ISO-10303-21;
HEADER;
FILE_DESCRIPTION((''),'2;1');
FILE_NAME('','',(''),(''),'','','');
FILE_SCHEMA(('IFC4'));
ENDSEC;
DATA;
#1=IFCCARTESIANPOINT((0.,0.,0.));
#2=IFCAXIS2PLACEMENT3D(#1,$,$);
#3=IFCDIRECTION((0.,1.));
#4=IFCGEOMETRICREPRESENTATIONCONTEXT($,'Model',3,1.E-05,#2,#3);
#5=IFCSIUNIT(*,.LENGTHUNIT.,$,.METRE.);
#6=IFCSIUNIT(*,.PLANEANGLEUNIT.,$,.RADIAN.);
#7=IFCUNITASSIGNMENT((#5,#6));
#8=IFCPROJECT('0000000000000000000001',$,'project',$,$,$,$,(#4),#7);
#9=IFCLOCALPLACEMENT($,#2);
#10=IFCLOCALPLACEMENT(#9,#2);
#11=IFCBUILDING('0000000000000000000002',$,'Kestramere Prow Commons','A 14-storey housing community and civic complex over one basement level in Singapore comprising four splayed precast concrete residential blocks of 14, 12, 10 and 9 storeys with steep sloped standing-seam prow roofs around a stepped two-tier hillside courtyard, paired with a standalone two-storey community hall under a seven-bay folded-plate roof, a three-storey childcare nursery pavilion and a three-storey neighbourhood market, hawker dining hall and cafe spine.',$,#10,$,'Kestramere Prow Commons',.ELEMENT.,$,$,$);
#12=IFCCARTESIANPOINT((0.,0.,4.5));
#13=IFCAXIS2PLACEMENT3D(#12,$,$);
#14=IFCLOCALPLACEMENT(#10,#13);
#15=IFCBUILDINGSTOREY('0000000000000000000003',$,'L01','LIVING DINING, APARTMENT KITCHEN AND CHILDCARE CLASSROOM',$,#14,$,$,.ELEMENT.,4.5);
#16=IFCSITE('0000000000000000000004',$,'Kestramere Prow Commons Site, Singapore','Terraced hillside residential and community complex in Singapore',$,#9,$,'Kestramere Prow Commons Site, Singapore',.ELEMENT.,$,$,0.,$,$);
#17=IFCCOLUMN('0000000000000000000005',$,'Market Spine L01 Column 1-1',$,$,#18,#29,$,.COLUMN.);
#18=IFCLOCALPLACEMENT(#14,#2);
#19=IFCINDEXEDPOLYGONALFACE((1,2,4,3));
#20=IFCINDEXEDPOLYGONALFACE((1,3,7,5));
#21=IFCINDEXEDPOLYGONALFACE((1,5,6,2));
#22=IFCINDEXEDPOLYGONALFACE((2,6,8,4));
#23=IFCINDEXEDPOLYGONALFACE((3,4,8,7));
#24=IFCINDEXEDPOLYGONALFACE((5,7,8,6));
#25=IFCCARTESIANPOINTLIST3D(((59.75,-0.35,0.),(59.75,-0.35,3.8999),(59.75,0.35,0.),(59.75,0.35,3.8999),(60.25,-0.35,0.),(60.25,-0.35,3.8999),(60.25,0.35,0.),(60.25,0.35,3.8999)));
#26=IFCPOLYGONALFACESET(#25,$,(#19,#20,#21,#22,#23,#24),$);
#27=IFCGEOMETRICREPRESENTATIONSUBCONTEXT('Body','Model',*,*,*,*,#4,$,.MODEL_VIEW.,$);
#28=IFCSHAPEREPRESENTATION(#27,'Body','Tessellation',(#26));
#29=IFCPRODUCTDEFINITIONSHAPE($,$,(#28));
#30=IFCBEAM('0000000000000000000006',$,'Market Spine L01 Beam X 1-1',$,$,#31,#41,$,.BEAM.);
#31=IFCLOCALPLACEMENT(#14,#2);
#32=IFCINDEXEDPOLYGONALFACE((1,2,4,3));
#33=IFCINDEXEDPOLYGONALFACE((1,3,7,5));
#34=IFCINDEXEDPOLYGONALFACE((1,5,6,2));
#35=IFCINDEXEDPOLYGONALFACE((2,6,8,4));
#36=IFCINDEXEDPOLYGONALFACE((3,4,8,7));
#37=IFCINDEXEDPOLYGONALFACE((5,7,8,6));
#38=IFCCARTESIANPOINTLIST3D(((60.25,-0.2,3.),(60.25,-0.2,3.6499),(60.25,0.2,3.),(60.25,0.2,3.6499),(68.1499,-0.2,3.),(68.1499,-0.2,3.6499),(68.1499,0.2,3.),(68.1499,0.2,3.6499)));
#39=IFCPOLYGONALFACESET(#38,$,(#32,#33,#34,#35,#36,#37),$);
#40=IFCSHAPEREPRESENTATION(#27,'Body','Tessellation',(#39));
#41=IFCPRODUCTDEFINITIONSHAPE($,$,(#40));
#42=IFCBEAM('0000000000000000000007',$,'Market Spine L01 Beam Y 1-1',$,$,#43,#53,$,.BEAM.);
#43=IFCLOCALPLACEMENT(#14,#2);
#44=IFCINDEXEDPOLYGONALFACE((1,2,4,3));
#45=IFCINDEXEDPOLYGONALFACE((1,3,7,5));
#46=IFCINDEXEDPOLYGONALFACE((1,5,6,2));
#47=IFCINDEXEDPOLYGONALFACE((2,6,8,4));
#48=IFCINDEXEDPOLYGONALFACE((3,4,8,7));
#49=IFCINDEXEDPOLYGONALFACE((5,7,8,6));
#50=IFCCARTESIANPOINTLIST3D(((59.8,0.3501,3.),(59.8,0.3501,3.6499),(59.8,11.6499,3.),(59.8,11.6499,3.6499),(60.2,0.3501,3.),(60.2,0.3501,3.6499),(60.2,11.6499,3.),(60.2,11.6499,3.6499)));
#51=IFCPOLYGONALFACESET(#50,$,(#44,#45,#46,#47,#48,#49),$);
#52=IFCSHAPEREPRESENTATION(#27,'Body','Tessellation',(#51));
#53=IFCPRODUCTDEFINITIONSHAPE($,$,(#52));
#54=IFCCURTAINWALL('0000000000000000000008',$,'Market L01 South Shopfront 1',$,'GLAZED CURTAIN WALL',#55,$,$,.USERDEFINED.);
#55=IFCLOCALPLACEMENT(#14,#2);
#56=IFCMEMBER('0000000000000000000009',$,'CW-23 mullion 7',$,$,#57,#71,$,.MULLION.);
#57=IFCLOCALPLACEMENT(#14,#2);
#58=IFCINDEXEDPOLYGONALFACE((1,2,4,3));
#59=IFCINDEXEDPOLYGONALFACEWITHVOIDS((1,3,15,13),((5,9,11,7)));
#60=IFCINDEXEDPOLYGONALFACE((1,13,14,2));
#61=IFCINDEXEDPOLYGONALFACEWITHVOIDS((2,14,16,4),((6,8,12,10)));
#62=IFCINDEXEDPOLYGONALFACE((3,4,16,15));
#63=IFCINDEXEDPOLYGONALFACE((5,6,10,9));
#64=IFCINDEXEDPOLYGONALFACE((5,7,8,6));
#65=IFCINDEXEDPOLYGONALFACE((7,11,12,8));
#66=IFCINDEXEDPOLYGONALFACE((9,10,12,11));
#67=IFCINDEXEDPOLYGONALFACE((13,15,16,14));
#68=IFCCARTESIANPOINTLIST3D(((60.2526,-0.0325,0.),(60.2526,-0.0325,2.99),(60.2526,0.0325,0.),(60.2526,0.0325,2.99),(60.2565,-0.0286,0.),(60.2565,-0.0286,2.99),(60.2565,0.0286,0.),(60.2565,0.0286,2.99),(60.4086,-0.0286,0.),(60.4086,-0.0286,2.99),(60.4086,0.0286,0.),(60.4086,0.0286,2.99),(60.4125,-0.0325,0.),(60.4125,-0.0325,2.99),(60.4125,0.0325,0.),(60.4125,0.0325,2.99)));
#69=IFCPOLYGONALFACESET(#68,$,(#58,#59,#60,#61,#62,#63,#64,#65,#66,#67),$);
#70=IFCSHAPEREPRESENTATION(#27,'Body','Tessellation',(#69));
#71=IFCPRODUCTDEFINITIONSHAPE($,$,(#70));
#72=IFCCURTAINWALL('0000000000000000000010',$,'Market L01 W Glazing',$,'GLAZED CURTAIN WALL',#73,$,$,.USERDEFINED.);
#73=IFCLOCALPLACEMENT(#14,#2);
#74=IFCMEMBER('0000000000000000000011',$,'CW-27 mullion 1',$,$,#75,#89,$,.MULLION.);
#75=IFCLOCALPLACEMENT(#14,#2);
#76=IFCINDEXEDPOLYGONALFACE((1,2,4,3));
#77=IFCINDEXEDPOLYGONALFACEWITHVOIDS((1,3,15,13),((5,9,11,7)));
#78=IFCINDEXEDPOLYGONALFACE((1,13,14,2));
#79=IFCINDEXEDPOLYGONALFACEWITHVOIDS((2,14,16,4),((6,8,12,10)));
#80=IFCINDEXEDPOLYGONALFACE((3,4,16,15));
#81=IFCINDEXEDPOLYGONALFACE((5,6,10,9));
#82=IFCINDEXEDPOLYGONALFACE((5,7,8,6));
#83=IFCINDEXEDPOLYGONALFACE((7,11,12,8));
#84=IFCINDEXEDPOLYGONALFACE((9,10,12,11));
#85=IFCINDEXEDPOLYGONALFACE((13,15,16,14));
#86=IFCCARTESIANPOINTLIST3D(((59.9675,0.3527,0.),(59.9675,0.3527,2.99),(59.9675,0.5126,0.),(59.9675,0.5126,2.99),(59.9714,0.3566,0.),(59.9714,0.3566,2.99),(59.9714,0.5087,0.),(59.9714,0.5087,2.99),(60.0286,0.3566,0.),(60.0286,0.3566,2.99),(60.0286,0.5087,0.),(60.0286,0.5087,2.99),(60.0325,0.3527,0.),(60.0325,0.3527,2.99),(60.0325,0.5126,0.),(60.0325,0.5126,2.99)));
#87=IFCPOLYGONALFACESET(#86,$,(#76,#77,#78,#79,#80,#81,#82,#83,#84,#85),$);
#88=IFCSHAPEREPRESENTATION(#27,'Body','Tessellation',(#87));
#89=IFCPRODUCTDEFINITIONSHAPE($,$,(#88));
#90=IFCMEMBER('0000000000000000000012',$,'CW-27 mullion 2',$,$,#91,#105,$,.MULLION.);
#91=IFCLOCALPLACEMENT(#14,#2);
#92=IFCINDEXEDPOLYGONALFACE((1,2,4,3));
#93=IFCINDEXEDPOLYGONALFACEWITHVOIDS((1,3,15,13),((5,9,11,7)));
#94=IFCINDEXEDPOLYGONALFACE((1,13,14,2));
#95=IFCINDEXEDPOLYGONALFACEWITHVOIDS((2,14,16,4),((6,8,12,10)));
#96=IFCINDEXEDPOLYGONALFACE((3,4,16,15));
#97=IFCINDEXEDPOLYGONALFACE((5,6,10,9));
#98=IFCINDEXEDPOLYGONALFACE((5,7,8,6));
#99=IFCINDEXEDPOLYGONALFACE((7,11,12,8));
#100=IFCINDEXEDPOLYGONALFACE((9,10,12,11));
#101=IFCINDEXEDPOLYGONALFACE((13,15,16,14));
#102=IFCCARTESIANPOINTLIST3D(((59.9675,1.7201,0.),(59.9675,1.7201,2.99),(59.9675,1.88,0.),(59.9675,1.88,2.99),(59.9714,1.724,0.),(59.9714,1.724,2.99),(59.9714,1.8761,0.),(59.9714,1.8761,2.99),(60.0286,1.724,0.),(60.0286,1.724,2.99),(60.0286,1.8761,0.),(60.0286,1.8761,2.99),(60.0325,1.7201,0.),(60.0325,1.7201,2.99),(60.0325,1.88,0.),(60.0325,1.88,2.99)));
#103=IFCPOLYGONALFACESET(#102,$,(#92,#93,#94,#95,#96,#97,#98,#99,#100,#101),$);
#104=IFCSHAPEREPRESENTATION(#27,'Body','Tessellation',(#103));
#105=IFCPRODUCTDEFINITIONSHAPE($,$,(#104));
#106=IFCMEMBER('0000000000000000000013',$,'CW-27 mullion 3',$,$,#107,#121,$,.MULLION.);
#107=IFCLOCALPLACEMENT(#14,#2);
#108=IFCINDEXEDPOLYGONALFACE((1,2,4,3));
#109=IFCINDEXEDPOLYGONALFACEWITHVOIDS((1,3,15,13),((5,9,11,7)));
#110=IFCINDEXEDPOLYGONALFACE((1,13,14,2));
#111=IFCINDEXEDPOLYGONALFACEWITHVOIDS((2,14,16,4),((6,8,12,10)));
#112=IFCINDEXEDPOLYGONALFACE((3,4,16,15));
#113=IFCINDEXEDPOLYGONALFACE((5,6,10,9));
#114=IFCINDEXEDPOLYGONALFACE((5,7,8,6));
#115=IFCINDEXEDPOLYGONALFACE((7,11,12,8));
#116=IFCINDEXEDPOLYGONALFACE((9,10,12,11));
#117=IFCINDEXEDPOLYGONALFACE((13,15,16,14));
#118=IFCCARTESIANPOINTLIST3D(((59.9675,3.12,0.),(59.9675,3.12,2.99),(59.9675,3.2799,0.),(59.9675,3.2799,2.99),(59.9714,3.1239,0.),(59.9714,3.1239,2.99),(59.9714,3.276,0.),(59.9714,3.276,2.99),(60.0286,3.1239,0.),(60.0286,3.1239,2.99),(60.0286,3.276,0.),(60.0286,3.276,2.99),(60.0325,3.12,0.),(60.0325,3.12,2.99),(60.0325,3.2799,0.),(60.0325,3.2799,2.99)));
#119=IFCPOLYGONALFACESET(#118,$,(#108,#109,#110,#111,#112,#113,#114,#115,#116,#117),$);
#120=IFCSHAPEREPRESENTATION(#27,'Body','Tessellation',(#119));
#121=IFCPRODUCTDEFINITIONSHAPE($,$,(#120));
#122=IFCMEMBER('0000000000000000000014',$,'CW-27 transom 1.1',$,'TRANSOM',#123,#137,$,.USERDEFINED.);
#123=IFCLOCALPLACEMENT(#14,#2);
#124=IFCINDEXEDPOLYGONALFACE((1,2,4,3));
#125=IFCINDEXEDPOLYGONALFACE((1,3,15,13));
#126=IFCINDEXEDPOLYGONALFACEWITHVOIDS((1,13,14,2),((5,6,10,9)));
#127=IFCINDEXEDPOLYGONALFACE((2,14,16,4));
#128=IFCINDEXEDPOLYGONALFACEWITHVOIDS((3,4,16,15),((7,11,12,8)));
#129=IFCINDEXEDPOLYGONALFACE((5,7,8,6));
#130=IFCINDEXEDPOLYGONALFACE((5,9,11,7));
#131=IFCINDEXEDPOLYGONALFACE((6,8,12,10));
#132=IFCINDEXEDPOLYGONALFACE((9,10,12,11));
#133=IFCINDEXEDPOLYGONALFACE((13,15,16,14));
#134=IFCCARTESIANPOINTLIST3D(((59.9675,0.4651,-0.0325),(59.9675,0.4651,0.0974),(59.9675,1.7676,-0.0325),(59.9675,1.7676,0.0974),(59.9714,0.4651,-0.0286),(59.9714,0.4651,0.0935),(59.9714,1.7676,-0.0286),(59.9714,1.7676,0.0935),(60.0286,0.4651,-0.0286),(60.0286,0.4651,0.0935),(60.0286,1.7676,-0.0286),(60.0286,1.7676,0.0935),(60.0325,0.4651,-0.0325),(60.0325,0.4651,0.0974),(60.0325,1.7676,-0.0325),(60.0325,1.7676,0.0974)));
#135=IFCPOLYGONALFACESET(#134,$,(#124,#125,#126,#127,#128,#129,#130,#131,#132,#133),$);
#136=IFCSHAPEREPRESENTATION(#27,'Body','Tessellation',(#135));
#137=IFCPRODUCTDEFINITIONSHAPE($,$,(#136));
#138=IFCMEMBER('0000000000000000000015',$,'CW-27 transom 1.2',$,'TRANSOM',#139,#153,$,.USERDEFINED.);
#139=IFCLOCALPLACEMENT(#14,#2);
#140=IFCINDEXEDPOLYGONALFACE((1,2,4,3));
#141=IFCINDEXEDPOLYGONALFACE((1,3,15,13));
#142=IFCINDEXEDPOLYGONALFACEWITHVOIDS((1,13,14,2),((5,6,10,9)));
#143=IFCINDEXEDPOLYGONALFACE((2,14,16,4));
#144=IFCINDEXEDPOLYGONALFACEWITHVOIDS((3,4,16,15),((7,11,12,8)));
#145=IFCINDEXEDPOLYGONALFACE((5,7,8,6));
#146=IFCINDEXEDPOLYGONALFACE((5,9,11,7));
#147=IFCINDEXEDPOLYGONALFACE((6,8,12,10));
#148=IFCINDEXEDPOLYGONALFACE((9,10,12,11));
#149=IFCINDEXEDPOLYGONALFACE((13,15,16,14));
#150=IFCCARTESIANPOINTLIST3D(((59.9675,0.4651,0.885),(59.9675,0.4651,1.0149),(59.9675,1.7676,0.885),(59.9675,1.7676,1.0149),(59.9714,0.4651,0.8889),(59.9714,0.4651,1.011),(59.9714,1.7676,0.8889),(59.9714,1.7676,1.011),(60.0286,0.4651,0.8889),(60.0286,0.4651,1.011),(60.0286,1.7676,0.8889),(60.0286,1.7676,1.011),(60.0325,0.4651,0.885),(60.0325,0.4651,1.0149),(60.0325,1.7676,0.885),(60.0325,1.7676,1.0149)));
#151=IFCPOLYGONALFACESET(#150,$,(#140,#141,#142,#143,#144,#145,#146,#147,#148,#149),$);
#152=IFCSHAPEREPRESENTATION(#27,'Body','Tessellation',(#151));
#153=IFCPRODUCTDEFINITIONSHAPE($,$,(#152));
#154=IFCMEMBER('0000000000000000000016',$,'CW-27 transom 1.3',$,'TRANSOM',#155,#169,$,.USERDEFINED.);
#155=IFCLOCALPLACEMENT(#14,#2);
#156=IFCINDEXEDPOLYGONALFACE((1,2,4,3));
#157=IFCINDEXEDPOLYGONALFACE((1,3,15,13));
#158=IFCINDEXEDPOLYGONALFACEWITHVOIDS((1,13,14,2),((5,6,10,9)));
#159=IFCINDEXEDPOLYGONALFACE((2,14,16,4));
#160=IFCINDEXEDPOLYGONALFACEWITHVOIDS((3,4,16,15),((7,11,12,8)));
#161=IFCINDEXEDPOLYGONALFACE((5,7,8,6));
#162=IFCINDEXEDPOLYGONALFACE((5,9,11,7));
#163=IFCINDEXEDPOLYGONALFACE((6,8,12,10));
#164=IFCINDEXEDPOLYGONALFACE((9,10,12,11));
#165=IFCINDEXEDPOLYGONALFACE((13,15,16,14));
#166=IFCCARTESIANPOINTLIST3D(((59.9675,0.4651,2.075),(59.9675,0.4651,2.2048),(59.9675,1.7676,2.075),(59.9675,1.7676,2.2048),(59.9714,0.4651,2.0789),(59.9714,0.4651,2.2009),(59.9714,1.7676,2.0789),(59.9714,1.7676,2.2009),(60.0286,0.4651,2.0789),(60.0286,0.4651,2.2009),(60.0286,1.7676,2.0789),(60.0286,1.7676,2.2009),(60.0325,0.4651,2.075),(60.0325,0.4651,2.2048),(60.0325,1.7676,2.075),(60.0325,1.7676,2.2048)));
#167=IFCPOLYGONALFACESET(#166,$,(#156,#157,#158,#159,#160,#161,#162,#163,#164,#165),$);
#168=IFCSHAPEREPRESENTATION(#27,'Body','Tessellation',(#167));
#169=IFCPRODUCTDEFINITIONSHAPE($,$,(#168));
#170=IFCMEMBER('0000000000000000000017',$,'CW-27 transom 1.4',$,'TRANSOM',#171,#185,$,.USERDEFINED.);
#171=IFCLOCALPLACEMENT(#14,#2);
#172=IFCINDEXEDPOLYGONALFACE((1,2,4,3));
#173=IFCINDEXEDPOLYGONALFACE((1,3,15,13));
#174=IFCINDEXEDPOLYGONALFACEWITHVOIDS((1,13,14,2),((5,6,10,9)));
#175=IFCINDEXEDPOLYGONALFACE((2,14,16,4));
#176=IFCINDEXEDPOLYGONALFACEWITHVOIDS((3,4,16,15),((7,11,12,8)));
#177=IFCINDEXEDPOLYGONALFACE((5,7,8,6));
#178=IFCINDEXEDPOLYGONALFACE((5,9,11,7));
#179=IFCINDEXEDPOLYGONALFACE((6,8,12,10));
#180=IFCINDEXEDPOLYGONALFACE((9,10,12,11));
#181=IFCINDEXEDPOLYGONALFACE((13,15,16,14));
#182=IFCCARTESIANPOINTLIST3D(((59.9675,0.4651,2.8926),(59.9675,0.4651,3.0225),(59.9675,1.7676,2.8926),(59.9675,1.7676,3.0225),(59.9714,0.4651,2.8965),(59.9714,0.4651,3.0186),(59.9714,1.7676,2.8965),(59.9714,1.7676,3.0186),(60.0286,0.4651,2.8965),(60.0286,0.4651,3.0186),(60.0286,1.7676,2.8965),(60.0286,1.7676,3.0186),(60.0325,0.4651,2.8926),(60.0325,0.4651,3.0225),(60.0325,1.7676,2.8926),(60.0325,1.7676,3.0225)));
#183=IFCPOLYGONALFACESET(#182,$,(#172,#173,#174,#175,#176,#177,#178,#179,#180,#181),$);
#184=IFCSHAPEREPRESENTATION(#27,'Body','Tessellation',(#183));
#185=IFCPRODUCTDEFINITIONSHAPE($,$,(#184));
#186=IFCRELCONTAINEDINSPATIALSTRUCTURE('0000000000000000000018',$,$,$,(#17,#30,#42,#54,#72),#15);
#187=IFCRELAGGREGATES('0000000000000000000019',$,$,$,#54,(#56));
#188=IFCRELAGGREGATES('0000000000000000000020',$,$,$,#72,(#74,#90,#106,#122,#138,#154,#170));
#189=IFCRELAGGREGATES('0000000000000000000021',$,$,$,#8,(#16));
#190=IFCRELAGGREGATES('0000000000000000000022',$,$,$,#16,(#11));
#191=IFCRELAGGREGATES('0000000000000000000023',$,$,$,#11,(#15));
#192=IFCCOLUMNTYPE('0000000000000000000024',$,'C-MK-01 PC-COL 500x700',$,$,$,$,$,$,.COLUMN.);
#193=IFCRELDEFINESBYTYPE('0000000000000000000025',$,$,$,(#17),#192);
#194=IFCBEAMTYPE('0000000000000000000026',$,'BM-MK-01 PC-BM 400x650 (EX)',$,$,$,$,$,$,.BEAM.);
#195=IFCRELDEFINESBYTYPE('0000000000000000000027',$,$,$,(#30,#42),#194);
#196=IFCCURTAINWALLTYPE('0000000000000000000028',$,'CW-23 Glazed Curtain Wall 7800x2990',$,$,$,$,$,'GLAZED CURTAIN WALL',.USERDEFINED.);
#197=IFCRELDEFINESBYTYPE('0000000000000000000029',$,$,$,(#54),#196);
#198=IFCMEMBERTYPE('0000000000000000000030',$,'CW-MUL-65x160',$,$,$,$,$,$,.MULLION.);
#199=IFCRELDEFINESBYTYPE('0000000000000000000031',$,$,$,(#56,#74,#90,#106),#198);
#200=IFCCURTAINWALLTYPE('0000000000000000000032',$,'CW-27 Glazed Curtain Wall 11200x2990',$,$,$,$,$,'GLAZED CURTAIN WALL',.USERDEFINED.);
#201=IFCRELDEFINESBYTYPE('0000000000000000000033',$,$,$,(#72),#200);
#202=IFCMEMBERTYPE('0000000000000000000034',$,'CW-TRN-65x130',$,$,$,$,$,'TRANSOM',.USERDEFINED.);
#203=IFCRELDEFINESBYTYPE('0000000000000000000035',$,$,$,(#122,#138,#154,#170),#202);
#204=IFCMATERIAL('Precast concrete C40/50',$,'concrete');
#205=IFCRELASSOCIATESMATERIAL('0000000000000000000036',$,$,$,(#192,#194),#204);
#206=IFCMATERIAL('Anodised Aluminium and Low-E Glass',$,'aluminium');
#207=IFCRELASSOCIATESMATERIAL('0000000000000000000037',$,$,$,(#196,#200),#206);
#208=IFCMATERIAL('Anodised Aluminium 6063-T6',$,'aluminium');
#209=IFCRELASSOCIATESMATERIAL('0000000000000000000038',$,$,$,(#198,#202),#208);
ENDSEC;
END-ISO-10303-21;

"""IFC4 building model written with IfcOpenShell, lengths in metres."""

from ifc_helpers import new_model, si_unit, direction, frame, origin, origin_2d, place, context, subcontext, project, spatial, rectangle, hollow_rectangle, extrude, material, material_profile, profile_set, type_object, element, aggregate, save


model = new_model("IFC4")

# Units and contexts
model_context = context("Model", 3, precision=1e-05, world=origin(), true_north=direction((0.0, 1.0)))
body_context = subcontext(model_context, "Body", "Model", "MODEL_VIEW")
ifc_project = project(units=[si_unit("LENGTHUNIT", "METRE"), si_unit("PLANEANGLEUNIT", "RADIAN")], contexts=[model_context])

# Site, building, storey
site_placement = place(None, origin())
site = spatial("IfcSite", under=ifc_project, at=site_placement, Name="Kestramere Prow Commons Site, Singapore", Description="Terraced hillside residential and community complex in Singapore", LongName="Kestramere Prow Commons Site, Singapore", CompositionType="ELEMENT", RefElevation=0.0)
building_placement = place(site_placement, origin())
building = spatial("IfcBuilding", under=site, at=building_placement, Name="Kestramere Prow Commons", Description="A 14-storey housing community and civic complex over one basement level in Singapore comprising four splayed precast concrete residential blocks of 14, 12, 10 and 9 storeys with steep sloped standing-seam prow roofs around a stepped two-tier hillside courtyard, paired with a standalone two-storey community hall under a seven-bay folded-plate roof, a three-storey childcare nursery pavilion and a three-storey neighbourhood market, hawker dining hall and cafe spine.", LongName="Kestramere Prow Commons", CompositionType="ELEMENT")
storey_placement = place(building_placement, frame((0.0, 0.0, 4.5)))
storey = spatial("IfcBuildingStorey", under=building, at=storey_placement, Name="L01", Description="LIVING DINING, APARTMENT KITCHEN AND CHILDCARE CLASSROOM", CompositionType="ELEMENT", Elevation=4.5)

# Column
ifc_material_1 = material(Name="Precast concrete C40/50", Category="concrete")
ifc_material_profile_1 = material_profile(ifc_material_1, rectangle(XDim=0.5, YDim=0.7, at=origin_2d()), Name="PC-COL 500x700")
ifc_profile_set_1 = profile_set([ifc_material_profile_1], Name="Precast concrete C40/50")
column_type = type_object("IfcColumnType", Name="C-MK-01 PC-COL 500x700", PredefinedType="COLUMN", material=ifc_profile_set_1)
column_placement = place(storey_placement, frame((60.0, 0.0, 0.0), z_axis=(0.0, 0.0, 1.0), x_axis=(1.0, 0.0, 0.0)))
element("IfcColumn", 1, at=column_placement, inside=storey, type_object=column_type, Name="Market Spine L01 Column 1-1", PredefinedType="COLUMN", context=body_context, shape_type="SweptSolid", body=[
    extrude(rectangle(XDim=0.5, YDim=0.7, at=origin_2d()), origin(), (0.0, 0.0, 1.0), 3.8999),
])

# Beams
ifc_material_profile_2 = material_profile(ifc_material_1, rectangle(XDim=0.3999, YDim=0.6499, at=origin_2d()), Name="PC-BM 400x650")
ifc_profile_set_2 = profile_set([ifc_material_profile_2], Name="Precast concrete C40/50")
beam_type = type_object("IfcBeamType", Name="BM-MK-01 PC-BM 400x650 (EX)", PredefinedType="BEAM", material=ifc_profile_set_2)
beam_1_placement = place(storey_placement, frame((60.25, 0.0, 3.325), z_axis=(1.0, 0.0, 0.0), x_axis=(0.0, 1.0, 0.0)))
element("IfcBeam", 2, at=beam_1_placement, inside=storey, type_object=beam_type, Name="Market Spine L01 Beam X 1-1", PredefinedType="BEAM", context=body_context, shape_type="SweptSolid", body=[
    extrude(rectangle(XDim=0.3999, YDim=0.6499, at=origin_2d()), origin(), (0.0, 0.0, 1.0), 7.8999),
])
beam_2_placement = place(storey_placement, frame((60.0, 0.3501, 3.325), z_axis=(0.0, 1.0, 0.0), x_axis=(-1.0, 0.0, 0.0)))
element("IfcBeam", 3, at=beam_2_placement, inside=storey, type_object=beam_type, Name="Market Spine L01 Beam Y 1-1", PredefinedType="BEAM", context=body_context, shape_type="SweptSolid", body=[
    extrude(rectangle(XDim=0.3999, YDim=0.6499, at=origin_2d()), origin(), (0.0, 0.0, 1.0), 11.2998),
])

# Curtain wall, member
ifc_material_2 = material(Name="Anodised Aluminium and Low-E Glass", Category="aluminium")
curtain_wall_type_1 = type_object("IfcCurtainWallType", Name="CW-23 Glazed Curtain Wall 7800x2990", ElementType="GLAZED CURTAIN WALL", PredefinedType="USERDEFINED", material=ifc_material_2)
curtain_wall_1_placement = place(storey_placement, origin())
curtain_wall_1 = element("IfcCurtainWall", 4, at=curtain_wall_1_placement, inside=storey, type_object=curtain_wall_type_1, Name="Market L01 South Shopfront 1", ObjectType="GLAZED CURTAIN WALL", PredefinedType="USERDEFINED")
ifc_material_3 = material(Name="Anodised Aluminium 6063-T6", Category="aluminium")
ifc_material_profile_3 = material_profile(ifc_material_3, hollow_rectangle(XDim=0.0649, YDim=0.1599, WallThickness=0.0039, at=origin_2d()), Name="ALU-MUL 65x160")
ifc_profile_set_3 = profile_set([ifc_material_profile_3], Name="Anodised Aluminium 6063-T6")
member_type_1 = type_object("IfcMemberType", Name="CW-MUL-65x160", PredefinedType="MULLION", material=ifc_profile_set_3)
member_1_placement = place(storey_placement, frame((60.3325, 0.0, 0.0), z_axis=(0.0, 0.0, 1.0), x_axis=(0.0, -1.0, 0.0)))
member_1 = element("IfcMember", 5, at=member_1_placement, type_object=member_type_1, Name="CW-23 mullion 7", PredefinedType="MULLION", context=body_context, shape_type="SweptSolid", body=[
    extrude(hollow_rectangle(XDim=0.0649, YDim=0.1599, WallThickness=0.0039, at=origin_2d()), origin(), (0.0, 0.0, 1.0), 2.99),
])
aggregate(curtain_wall_1, [member_1])

# Curtain wall, members
curtain_wall_type_2 = type_object("IfcCurtainWallType", Name="CW-27 Glazed Curtain Wall 11200x2990", ElementType="GLAZED CURTAIN WALL", PredefinedType="USERDEFINED", material=ifc_material_2)
curtain_wall_2_placement = place(storey_placement, origin())
curtain_wall_2 = element("IfcCurtainWall", 6, at=curtain_wall_2_placement, inside=storey, type_object=curtain_wall_type_2, Name="Market L01 W Glazing", ObjectType="GLAZED CURTAIN WALL", PredefinedType="USERDEFINED")
member_2_placement = place(storey_placement, frame((60.0, 0.4326, 0.0), z_axis=(0.0, 0.0, 1.0), x_axis=(-1.0, 0.0, 0.0)))
member_2 = element("IfcMember", 7, at=member_2_placement, type_object=member_type_1, Name="CW-27 mullion 1", PredefinedType="MULLION", context=body_context, shape_type="SweptSolid", body=[
    extrude(hollow_rectangle(XDim=0.0649, YDim=0.1599, WallThickness=0.0039, at=origin_2d()), origin(), (0.0, 0.0, 1.0), 2.99),
])
member_3_placement = place(storey_placement, frame((60.0, 1.8, 0.0), z_axis=(0.0, 0.0, 1.0), x_axis=(-1.0, 0.0, 0.0)))
member_3 = element("IfcMember", 8, at=member_3_placement, type_object=member_type_1, Name="CW-27 mullion 2", PredefinedType="MULLION", context=body_context, shape_type="SweptSolid", body=[
    extrude(hollow_rectangle(XDim=0.0649, YDim=0.1599, WallThickness=0.0039, at=origin_2d()), origin(), (0.0, 0.0, 1.0), 2.99),
])
member_4_placement = place(storey_placement, frame((60.0, 3.2, 0.0), z_axis=(0.0, 0.0, 1.0), x_axis=(-1.0, 0.0, 0.0)))
member_4 = element("IfcMember", 9, at=member_4_placement, type_object=member_type_1, Name="CW-27 mullion 3", PredefinedType="MULLION", context=body_context, shape_type="SweptSolid", body=[
    extrude(hollow_rectangle(XDim=0.0649, YDim=0.1599, WallThickness=0.0039, at=origin_2d()), origin(), (0.0, 0.0, 1.0), 2.99),
])
ifc_material_profile_4 = material_profile(ifc_material_3, hollow_rectangle(XDim=0.0649, YDim=0.1299, WallThickness=0.0039, at=origin_2d()), Name="ALU-TRN 65x130")
ifc_profile_set_4 = profile_set([ifc_material_profile_4], Name="Anodised Aluminium 6063-T6")
member_type_2 = type_object("IfcMemberType", Name="CW-TRN-65x130", ElementType="TRANSOM", PredefinedType="USERDEFINED", material=ifc_profile_set_4)
member_5_placement = place(storey_placement, frame((60.0, 0.4651, 0.0325), z_axis=(0.0, 1.0, 0.0), x_axis=(-1.0, 0.0, 0.0)))
member_5 = element("IfcMember", 10, at=member_5_placement, type_object=member_type_2, Name="CW-27 transom 1.1", ObjectType="TRANSOM", PredefinedType="USERDEFINED", context=body_context, shape_type="SweptSolid", body=[
    extrude(hollow_rectangle(XDim=0.0649, YDim=0.1299, WallThickness=0.0039, at=origin_2d()), origin(), (0.0, 0.0, 1.0), 1.3025),
])
member_6_placement = place(storey_placement, frame((60.0, 0.4651, 0.95), z_axis=(0.0, 1.0, 0.0), x_axis=(-1.0, 0.0, 0.0)))
member_6 = element("IfcMember", 11, at=member_6_placement, type_object=member_type_2, Name="CW-27 transom 1.2", ObjectType="TRANSOM", PredefinedType="USERDEFINED", context=body_context, shape_type="SweptSolid", body=[
    extrude(hollow_rectangle(XDim=0.0649, YDim=0.1299, WallThickness=0.0039, at=origin_2d()), origin(), (0.0, 0.0, 1.0), 1.3025),
])
member_7_placement = place(storey_placement, frame((60.0, 0.4651, 2.1399), z_axis=(0.0, 1.0, 0.0), x_axis=(-1.0, 0.0, 0.0)))
member_7 = element("IfcMember", 12, at=member_7_placement, type_object=member_type_2, Name="CW-27 transom 1.3", ObjectType="TRANSOM", PredefinedType="USERDEFINED", context=body_context, shape_type="SweptSolid", body=[
    extrude(hollow_rectangle(XDim=0.0649, YDim=0.1299, WallThickness=0.0039, at=origin_2d()), origin(), (0.0, 0.0, 1.0), 1.3025),
])
member_8_placement = place(storey_placement, frame((60.0, 0.4651, 2.9575), z_axis=(0.0, 1.0, 0.0), x_axis=(-1.0, 0.0, 0.0)))
member_8 = element("IfcMember", 13, at=member_8_placement, type_object=member_type_2, Name="CW-27 transom 1.4", ObjectType="TRANSOM", PredefinedType="USERDEFINED", context=body_context, shape_type="SweptSolid", body=[
    extrude(hollow_rectangle(XDim=0.0649, YDim=0.1299, WallThickness=0.0039, at=origin_2d()), origin(), (0.0, 0.0, 1.0), 1.3025),
])
aggregate(curtain_wall_2, [member_2, member_3, member_4, member_5, member_6, member_7, member_8])

save(model, "model.ifc")
